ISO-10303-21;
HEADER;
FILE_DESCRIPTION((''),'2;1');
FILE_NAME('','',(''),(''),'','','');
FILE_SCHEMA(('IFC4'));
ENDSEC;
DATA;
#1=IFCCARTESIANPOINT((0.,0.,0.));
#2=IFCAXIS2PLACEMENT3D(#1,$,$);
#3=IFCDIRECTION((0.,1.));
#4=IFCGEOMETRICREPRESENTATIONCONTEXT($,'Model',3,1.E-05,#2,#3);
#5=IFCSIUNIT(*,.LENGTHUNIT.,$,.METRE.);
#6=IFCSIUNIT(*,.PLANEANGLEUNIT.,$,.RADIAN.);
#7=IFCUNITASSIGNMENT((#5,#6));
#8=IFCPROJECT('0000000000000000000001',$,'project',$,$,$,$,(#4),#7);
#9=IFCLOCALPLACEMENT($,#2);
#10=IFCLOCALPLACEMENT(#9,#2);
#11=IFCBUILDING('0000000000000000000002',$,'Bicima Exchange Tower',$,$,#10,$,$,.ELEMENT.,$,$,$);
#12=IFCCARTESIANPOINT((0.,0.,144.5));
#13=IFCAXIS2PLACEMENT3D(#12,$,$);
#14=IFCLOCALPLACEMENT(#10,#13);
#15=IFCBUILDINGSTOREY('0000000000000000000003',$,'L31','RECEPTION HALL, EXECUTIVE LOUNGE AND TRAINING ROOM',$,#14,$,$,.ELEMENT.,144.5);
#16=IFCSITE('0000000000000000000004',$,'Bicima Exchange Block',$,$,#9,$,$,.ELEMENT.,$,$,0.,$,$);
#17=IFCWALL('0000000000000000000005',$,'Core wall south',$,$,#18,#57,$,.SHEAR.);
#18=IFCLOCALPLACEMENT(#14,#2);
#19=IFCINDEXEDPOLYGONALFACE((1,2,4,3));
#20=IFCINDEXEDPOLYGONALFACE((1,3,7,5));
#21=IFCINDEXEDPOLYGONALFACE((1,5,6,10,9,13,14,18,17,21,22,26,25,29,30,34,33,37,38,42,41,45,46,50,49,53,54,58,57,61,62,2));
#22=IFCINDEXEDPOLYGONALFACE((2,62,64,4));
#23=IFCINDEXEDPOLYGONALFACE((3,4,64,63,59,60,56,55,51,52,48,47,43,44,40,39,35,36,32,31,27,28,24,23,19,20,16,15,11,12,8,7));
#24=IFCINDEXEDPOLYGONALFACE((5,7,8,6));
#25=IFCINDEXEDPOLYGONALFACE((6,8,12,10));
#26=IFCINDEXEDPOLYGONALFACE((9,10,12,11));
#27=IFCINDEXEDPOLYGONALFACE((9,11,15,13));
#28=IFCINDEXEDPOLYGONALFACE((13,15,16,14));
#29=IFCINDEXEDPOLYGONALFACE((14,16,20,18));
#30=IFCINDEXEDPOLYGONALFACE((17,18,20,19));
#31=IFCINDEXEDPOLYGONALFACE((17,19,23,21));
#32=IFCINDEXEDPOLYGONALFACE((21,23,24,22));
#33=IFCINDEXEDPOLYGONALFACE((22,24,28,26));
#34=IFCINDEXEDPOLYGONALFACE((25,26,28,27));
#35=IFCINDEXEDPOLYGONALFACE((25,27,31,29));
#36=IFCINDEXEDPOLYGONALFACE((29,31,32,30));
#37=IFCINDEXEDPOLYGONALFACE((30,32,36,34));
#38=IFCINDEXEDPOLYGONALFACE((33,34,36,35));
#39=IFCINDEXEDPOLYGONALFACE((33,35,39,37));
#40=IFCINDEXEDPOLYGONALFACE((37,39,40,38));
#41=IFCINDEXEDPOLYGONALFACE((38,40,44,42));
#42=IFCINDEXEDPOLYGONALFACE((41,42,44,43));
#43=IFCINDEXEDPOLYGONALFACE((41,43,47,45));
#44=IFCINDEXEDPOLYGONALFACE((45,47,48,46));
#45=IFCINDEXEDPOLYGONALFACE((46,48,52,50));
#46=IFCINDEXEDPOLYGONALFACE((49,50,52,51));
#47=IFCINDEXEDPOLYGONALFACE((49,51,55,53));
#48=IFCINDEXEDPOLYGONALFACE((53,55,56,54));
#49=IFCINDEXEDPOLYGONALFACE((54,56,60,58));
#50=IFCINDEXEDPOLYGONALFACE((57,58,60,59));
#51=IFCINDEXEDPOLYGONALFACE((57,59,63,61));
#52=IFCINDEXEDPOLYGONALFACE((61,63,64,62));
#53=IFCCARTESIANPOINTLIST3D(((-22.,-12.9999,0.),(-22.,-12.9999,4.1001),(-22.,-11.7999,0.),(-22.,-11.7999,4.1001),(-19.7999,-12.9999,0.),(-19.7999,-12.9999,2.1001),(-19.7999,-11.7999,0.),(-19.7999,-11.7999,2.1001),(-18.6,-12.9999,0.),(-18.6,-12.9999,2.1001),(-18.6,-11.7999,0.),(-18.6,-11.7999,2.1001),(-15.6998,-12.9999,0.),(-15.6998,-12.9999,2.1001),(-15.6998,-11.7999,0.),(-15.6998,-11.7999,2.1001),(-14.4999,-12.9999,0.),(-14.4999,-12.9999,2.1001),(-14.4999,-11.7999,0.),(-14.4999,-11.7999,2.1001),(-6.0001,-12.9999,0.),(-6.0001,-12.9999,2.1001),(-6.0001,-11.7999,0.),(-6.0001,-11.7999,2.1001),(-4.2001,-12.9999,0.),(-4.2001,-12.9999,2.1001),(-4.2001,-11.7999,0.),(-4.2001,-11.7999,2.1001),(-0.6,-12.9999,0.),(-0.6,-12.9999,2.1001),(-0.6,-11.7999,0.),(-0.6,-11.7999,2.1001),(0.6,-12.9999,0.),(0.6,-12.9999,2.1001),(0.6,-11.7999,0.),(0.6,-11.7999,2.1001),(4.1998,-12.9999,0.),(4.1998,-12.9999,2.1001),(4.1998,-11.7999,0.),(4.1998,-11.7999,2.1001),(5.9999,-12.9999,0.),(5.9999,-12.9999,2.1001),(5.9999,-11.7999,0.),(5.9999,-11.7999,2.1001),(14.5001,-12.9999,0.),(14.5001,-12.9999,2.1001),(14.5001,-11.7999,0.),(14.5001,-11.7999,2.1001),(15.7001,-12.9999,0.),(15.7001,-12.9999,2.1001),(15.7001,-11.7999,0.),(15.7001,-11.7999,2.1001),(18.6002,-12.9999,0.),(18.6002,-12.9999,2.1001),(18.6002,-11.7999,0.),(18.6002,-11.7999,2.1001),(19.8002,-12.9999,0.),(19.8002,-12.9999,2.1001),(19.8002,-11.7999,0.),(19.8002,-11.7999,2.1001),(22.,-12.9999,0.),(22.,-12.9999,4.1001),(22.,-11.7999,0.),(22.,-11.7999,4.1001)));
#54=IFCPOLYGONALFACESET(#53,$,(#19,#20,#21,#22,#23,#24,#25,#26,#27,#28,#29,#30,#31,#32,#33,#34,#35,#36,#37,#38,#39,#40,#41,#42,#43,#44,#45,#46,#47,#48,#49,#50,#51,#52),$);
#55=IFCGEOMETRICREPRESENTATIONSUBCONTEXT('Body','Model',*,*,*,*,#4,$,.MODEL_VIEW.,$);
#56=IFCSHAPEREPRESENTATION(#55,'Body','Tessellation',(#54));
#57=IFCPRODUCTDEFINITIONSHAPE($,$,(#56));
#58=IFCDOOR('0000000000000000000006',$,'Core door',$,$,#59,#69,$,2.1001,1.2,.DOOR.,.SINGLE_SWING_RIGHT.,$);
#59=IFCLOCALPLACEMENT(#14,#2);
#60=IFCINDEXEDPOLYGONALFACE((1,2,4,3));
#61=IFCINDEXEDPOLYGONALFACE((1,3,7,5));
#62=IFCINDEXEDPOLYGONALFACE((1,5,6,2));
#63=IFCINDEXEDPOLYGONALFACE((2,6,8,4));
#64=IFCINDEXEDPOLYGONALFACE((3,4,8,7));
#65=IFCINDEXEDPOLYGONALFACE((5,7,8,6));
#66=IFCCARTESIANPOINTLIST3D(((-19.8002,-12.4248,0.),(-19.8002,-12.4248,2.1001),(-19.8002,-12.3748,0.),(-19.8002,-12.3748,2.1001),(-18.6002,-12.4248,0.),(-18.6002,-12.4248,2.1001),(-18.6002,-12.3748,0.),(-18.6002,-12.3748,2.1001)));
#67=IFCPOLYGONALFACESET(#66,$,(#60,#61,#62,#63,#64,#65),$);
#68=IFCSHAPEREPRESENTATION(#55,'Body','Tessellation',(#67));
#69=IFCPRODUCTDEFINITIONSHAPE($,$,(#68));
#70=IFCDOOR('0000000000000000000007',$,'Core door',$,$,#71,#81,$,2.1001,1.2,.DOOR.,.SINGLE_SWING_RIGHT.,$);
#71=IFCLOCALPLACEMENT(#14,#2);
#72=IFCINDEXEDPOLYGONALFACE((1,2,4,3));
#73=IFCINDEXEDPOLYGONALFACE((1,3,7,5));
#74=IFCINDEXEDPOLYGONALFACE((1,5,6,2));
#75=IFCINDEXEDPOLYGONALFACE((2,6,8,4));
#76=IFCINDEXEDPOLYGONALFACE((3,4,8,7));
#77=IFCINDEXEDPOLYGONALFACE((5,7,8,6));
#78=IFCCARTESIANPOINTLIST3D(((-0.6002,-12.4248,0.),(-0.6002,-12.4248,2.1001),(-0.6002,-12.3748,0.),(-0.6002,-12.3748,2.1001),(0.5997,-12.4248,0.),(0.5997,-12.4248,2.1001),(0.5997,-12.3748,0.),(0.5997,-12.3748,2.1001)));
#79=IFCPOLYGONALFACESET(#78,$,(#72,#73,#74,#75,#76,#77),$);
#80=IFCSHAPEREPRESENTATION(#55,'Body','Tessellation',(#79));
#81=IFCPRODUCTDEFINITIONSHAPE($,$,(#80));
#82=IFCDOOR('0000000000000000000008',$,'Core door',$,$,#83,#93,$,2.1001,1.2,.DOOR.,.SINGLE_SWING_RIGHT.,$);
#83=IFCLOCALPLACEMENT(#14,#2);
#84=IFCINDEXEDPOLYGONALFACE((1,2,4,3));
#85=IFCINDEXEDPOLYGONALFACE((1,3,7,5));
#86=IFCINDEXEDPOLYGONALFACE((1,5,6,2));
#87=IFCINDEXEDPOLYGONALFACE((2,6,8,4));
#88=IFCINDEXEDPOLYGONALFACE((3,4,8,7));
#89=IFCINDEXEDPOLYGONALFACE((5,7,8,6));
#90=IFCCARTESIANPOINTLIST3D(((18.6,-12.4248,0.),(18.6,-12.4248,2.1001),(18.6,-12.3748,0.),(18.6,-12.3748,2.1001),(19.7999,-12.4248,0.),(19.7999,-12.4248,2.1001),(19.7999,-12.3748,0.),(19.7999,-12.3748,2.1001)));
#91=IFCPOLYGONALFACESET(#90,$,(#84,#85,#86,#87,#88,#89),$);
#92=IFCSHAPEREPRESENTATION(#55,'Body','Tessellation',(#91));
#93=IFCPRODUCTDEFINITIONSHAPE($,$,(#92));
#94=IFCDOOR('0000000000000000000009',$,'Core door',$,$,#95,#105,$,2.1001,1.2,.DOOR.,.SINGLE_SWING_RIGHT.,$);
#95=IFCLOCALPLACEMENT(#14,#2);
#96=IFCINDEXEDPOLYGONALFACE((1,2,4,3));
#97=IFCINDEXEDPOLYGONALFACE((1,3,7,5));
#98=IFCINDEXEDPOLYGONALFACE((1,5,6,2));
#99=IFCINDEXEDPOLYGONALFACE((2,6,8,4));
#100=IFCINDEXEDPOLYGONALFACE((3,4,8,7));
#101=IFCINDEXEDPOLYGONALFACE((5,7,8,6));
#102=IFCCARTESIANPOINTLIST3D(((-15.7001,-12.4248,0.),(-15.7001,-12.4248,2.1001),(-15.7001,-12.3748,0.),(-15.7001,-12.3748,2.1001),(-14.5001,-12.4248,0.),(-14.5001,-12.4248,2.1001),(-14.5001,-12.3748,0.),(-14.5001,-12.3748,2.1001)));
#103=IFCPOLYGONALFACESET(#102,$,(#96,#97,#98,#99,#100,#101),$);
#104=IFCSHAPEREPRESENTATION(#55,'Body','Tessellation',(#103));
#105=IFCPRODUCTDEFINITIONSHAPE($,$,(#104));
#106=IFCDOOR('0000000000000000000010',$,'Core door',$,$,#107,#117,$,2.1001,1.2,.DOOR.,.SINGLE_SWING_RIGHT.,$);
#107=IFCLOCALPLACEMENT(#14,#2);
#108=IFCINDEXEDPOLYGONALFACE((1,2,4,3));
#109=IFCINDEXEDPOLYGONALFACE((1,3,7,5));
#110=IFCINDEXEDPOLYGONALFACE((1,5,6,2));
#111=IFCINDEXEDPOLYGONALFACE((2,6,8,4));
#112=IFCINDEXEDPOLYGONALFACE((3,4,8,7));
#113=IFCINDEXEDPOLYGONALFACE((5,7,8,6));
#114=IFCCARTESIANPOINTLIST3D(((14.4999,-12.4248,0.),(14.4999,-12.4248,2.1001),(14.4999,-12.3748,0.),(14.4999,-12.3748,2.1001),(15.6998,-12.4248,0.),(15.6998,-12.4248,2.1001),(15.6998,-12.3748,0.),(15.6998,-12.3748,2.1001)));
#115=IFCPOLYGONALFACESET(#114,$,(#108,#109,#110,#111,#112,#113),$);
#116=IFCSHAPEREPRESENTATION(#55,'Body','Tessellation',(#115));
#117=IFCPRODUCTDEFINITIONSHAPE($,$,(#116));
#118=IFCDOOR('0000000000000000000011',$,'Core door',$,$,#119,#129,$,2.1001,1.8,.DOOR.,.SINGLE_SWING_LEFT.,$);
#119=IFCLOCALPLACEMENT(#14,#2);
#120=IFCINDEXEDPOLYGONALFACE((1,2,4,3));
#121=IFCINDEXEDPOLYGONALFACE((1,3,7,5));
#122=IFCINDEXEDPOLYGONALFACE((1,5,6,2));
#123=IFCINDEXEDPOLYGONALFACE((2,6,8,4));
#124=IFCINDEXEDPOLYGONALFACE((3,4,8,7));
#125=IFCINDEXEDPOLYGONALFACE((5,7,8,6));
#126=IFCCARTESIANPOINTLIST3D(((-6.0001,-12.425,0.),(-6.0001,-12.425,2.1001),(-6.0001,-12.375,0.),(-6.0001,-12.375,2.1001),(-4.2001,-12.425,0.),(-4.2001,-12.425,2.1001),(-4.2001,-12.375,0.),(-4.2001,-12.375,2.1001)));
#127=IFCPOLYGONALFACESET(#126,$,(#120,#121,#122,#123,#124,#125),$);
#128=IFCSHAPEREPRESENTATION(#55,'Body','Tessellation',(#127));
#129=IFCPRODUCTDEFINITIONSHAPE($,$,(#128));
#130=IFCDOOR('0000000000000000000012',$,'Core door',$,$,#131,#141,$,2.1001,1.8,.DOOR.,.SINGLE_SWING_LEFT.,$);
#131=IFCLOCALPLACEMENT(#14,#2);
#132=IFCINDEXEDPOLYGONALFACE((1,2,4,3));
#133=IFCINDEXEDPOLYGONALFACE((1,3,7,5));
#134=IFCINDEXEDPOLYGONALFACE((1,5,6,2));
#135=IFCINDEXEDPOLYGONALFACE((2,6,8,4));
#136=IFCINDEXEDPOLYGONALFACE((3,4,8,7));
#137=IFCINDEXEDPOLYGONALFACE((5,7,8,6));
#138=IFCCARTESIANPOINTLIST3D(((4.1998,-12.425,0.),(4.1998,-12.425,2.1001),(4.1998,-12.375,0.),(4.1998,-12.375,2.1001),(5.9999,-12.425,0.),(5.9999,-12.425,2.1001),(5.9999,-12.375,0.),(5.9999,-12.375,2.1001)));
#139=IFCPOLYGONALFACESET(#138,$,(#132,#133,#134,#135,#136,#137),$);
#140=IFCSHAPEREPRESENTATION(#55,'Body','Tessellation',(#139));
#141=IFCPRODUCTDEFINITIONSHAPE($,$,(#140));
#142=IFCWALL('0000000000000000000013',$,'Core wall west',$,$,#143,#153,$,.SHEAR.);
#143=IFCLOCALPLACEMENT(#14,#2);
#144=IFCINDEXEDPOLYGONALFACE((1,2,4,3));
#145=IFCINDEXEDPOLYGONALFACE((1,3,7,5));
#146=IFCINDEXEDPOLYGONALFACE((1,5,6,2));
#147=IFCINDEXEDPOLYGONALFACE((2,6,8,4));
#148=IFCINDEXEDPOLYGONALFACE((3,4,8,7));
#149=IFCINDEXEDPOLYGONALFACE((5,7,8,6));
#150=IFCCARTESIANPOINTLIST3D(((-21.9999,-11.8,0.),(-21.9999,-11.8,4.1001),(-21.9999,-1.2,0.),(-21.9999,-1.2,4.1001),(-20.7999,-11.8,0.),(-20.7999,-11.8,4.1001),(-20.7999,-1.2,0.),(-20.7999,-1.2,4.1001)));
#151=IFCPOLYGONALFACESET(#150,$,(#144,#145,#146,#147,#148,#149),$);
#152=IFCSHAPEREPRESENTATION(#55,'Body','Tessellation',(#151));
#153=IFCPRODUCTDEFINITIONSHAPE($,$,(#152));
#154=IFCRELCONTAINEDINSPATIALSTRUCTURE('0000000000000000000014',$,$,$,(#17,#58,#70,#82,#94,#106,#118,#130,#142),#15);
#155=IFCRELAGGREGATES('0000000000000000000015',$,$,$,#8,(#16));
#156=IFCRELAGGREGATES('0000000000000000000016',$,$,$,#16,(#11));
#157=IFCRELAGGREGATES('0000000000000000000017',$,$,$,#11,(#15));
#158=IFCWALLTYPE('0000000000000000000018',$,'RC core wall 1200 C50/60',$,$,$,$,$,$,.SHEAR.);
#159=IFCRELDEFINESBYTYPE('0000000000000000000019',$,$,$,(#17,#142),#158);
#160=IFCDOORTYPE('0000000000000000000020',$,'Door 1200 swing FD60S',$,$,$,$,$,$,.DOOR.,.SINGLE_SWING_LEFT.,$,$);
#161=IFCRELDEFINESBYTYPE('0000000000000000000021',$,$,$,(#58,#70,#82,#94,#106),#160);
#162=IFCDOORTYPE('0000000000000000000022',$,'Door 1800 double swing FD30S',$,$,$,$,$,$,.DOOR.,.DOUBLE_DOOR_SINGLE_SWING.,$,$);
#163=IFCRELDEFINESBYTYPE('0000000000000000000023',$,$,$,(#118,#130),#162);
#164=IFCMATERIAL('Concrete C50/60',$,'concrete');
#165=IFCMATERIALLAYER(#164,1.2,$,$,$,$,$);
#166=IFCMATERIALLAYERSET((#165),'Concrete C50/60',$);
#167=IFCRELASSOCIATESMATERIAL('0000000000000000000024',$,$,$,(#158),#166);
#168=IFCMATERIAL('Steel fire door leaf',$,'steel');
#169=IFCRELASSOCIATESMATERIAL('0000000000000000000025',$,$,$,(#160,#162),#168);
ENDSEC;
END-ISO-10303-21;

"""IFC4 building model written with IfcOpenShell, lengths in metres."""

from ifc_helpers import new_model, si_unit, direction, frame, frame_2d, origin, place, context, subcontext, project, spatial, rectangle, extrude, material, layer, layer_set, type_object, element, fill, save


model = new_model("IFC4")

# Units and contexts
model_context = context("Model", 3, precision=1e-05, world=origin(), true_north=direction((0.0, 1.0)))
body_context = subcontext(model_context, "Body", "Model", "MODEL_VIEW")
ifc_project = project(units=[si_unit("LENGTHUNIT", "METRE"), si_unit("PLANEANGLEUNIT", "RADIAN")], contexts=[model_context])

# Site, building, storey
site_placement = place(None, origin())
site = spatial("IfcSite", under=ifc_project, at=site_placement, Name="Bicima Exchange Block", CompositionType="ELEMENT", RefElevation=0.0)
building_placement = place(site_placement, origin())
building = spatial("IfcBuilding", under=site, at=building_placement, Name="Bicima Exchange Tower", CompositionType="ELEMENT")
storey_placement = place(building_placement, frame((0.0, 0.0, 144.5)))
storey = spatial("IfcBuildingStorey", under=building, at=storey_placement, Name="L31", Description="RECEPTION HALL, EXECUTIVE LOUNGE AND TRAINING ROOM", CompositionType="ELEMENT", Elevation=144.5)

# Wall, openings, doors
ifc_material_1 = material(Name="Concrete C50/60", Category="concrete")
ifc_layer_1 = layer(ifc_material_1, 1.2)
ifc_layer_set_1 = layer_set([ifc_layer_1], Name="Concrete C50/60")
wall_type_1 = type_object("IfcWallType", Name="RC core wall 1200 C50/60", PredefinedType="SHEAR", material=ifc_layer_set_1)
wall_1_placement = place(storey_placement, frame((-22.0, -12.3999, 0.0), z_axis=(0.0, 0.0, 1.0), x_axis=(1.0, 0.0, 0.0)))
wall_1 = element("IfcWall", 1, at=wall_1_placement, inside=storey, type_object=wall_type_1, Name="Core wall south", PredefinedType="SHEAR", context=body_context, shape_type="SweptSolid", body=[
    extrude(rectangle(XDim=44.0, YDim=1.2, at=frame_2d((22.0, 0.0))), origin(), (0.0, 0.0, 1.0), 4.1001),
])
opening_1_placement = place(wall_1_placement, frame((2.2, 0.0, 0.0)))
opening_1 = element("IfcOpeningElement", 2, at=opening_1_placement, cuts=wall_1, PredefinedType="OPENING", context=body_context, shape_type="SweptSolid", body=[
    extrude(rectangle(XDim=1.2, YDim=2.1001, at=frame_2d((0.6001, 1.05))), frame((0.0, 0.6118, 0.0), z_axis=(0.0, -1.0, 0.0), x_axis=(1.0, 0.0, 0.0)), (0.0, 0.0, 1.0), 1.2239),
])
opening_2_placement = place(wall_1_placement, frame((21.3999, 0.0, 0.0)))
opening_2 = element("IfcOpeningElement", 3, at=opening_2_placement, cuts=wall_1, PredefinedType="OPENING", context=body_context, shape_type="SweptSolid", body=[
    extrude(rectangle(XDim=1.2, YDim=2.1001, at=frame_2d((0.6001, 1.05))), frame((0.0, 0.6118, 0.0), z_axis=(0.0, -1.0, 0.0), x_axis=(1.0, 0.0, 0.0)), (0.0, 0.0, 1.0), 1.2239),
])
opening_3_placement = place(wall_1_placement, frame((40.6001, 0.0, 0.0)))
opening_3 = element("IfcOpeningElement", 4, at=opening_3_placement, cuts=wall_1, PredefinedType="OPENING", context=body_context, shape_type="SweptSolid", body=[
    extrude(rectangle(XDim=1.2, YDim=2.1001, at=frame_2d((0.6001, 1.05))), frame((0.0, 0.6118, 0.0), z_axis=(0.0, -1.0, 0.0), x_axis=(1.0, 0.0, 0.0)), (0.0, 0.0, 1.0), 1.2239),
])
opening_4_placement = place(wall_1_placement, frame((16.0, 0.0, 0.0)))
opening_4 = element("IfcOpeningElement", 5, at=opening_4_placement, cuts=wall_1, PredefinedType="OPENING", context=body_context, shape_type="SweptSolid", body=[
    extrude(rectangle(XDim=1.8, YDim=2.1001, at=frame_2d((0.8999, 1.05))), frame((0.0, 0.6118, 0.0), z_axis=(0.0, -1.0, 0.0), x_axis=(1.0, 0.0, 0.0)), (0.0, 0.0, 1.0), 1.2239),
])
opening_5_placement = place(wall_1_placement, frame((6.3, 0.0, 0.0)))
opening_5 = element("IfcOpeningElement", 6, at=opening_5_placement, cuts=wall_1, PredefinedType="OPENING", context=body_context, shape_type="SweptSolid", body=[
    extrude(rectangle(XDim=1.2, YDim=2.1001, at=frame_2d((0.6001, 1.05))), frame((0.0, 0.6118, 0.0), z_axis=(0.0, -1.0, 0.0), x_axis=(1.0, 0.0, 0.0)), (0.0, 0.0, 1.0), 1.2239),
])
opening_6_placement = place(wall_1_placement, frame((26.2, 0.0, 0.0)))
opening_6 = element("IfcOpeningElement", 7, at=opening_6_placement, cuts=wall_1, PredefinedType="OPENING", context=body_context, shape_type="SweptSolid", body=[
    extrude(rectangle(XDim=1.8, YDim=2.1001, at=frame_2d((0.8999, 1.05))), frame((0.0, 0.6118, 0.0), z_axis=(0.0, -1.0, 0.0), x_axis=(1.0, 0.0, 0.0)), (0.0, 0.0, 1.0), 1.2239),
])
opening_7_placement = place(wall_1_placement, frame((36.5, 0.0, 0.0)))
opening_7 = element("IfcOpeningElement", 8, at=opening_7_placement, cuts=wall_1, PredefinedType="OPENING", context=body_context, shape_type="SweptSolid", body=[
    extrude(rectangle(XDim=1.2, YDim=2.1001, at=frame_2d((0.6001, 1.05))), frame((0.0, 0.6118, 0.0), z_axis=(0.0, -1.0, 0.0), x_axis=(1.0, 0.0, 0.0)), (0.0, 0.0, 1.0), 1.2239),
])
ifc_material_2 = material(Name="Steel fire door leaf", Category="steel")
door_type_1 = type_object("IfcDoorType", Name="Door 1200 swing FD60S", OperationType="SINGLE_SWING_LEFT", PredefinedType="DOOR", material=ifc_material_2)
door_1_placement = place(opening_1_placement, frame((1.2, 0.0, 0.0), z_axis=(0.0, 0.0, 1.0), x_axis=(-1.0, 0.0, 0.0)))
door_1 = element("IfcDoor", 9, at=door_1_placement, inside=storey, type_object=door_type_1, Name="Core door", OperationType="SINGLE_SWING_RIGHT", OverallHeight=2.1001, OverallWidth=1.2, PredefinedType="DOOR", context=body_context, shape_type="SweptSolid", body=[
    extrude(rectangle(XDim=1.2, YDim=2.1001, at=frame_2d((0.6001, 1.05))), frame((0.0, 0.0249, 0.0), z_axis=(0.0, -1.0, 0.0), x_axis=(1.0, 0.0, 0.0)), (0.0, 0.0, 1.0), 0.05),
])
fill(opening_1, door_1)
door_2_placement = place(opening_2_placement, frame((1.2, 0.0, 0.0), z_axis=(0.0, 0.0, 1.0), x_axis=(-1.0, 0.0, 0.0)))
door_2 = element("IfcDoor", 10, at=door_2_placement, inside=storey, type_object=door_type_1, Name="Core door", OperationType="SINGLE_SWING_RIGHT", OverallHeight=2.1001, OverallWidth=1.2, PredefinedType="DOOR", context=body_context, shape_type="SweptSolid", body=[
    extrude(rectangle(XDim=1.2, YDim=2.1001, at=frame_2d((0.6001, 1.05))), frame((0.0, 0.0249, 0.0), z_axis=(0.0, -1.0, 0.0), x_axis=(1.0, 0.0, 0.0)), (0.0, 0.0, 1.0), 0.05),
])
fill(opening_2, door_2)
door_3_placement = place(opening_3_placement, frame((1.2, 0.0, 0.0), z_axis=(0.0, 0.0, 1.0), x_axis=(-1.0, 0.0, 0.0)))
door_3 = element("IfcDoor", 11, at=door_3_placement, inside=storey, type_object=door_type_1, Name="Core door", OperationType="SINGLE_SWING_RIGHT", OverallHeight=2.1001, OverallWidth=1.2, PredefinedType="DOOR", context=body_context, shape_type="SweptSolid", body=[
    extrude(rectangle(XDim=1.2, YDim=2.1001, at=frame_2d((0.6001, 1.05))), frame((0.0, 0.0249, 0.0), z_axis=(0.0, -1.0, 0.0), x_axis=(1.0, 0.0, 0.0)), (0.0, 0.0, 1.0), 0.05),
])
fill(opening_3, door_3)
door_4_placement = place(opening_5_placement, frame((1.2, 0.0, 0.0), z_axis=(0.0, 0.0, 1.0), x_axis=(-1.0, 0.0, 0.0)))
door_4 = element("IfcDoor", 12, at=door_4_placement, inside=storey, type_object=door_type_1, Name="Core door", OperationType="SINGLE_SWING_RIGHT", OverallHeight=2.1001, OverallWidth=1.2, PredefinedType="DOOR", context=body_context, shape_type="SweptSolid", body=[
    extrude(rectangle(XDim=1.2, YDim=2.1001, at=frame_2d((0.6001, 1.05))), frame((0.0, 0.0249, 0.0), z_axis=(0.0, -1.0, 0.0), x_axis=(1.0, 0.0, 0.0)), (0.0, 0.0, 1.0), 0.05),
])
fill(opening_5, door_4)
door_5_placement = place(opening_7_placement, frame((1.2, 0.0, 0.0), z_axis=(0.0, 0.0, 1.0), x_axis=(-1.0, 0.0, 0.0)))
door_5 = element("IfcDoor", 13, at=door_5_placement, inside=storey, type_object=door_type_1, Name="Core door", OperationType="SINGLE_SWING_RIGHT", OverallHeight=2.1001, OverallWidth=1.2, PredefinedType="DOOR", context=body_context, shape_type="SweptSolid", body=[
    extrude(rectangle(XDim=1.2, YDim=2.1001, at=frame_2d((0.6001, 1.05))), frame((0.0, 0.0249, 0.0), z_axis=(0.0, -1.0, 0.0), x_axis=(1.0, 0.0, 0.0)), (0.0, 0.0, 1.0), 0.05),
])
fill(opening_7, door_5)
door_type_2 = type_object("IfcDoorType", Name="Door 1800 double swing FD30S", OperationType="DOUBLE_DOOR_SINGLE_SWING", PredefinedType="DOOR", material=ifc_material_2)
door_6_placement = place(opening_4_placement, origin())
door_6 = element("IfcDoor", 14, at=door_6_placement, inside=storey, type_object=door_type_2, Name="Core door", OperationType="SINGLE_SWING_LEFT", OverallHeight=2.1001, OverallWidth=1.8, PredefinedType="DOOR", context=body_context, shape_type="SweptSolid", body=[
    extrude(rectangle(XDim=1.8, YDim=2.1001, at=frame_2d((0.8999, 1.05))), frame((0.0, 0.0249, 0.0), z_axis=(0.0, -1.0, 0.0), x_axis=(1.0, 0.0, 0.0)), (0.0, 0.0, 1.0), 0.05),
])
fill(opening_4, door_6)
door_7_placement = place(opening_6_placement, origin())
door_7 = element("IfcDoor", 15, at=door_7_placement, inside=storey, type_object=door_type_2, Name="Core door", OperationType="SINGLE_SWING_LEFT", OverallHeight=2.1001, OverallWidth=1.8, PredefinedType="DOOR", context=body_context, shape_type="SweptSolid", body=[
    extrude(rectangle(XDim=1.8, YDim=2.1001, at=frame_2d((0.8999, 1.05))), frame((0.0, 0.0249, 0.0), z_axis=(0.0, -1.0, 0.0), x_axis=(1.0, 0.0, 0.0)), (0.0, 0.0, 1.0), 0.05),
])
fill(opening_6, door_7)

# Wall
wall_2_placement = place(storey_placement, frame((-21.3999, -11.8, 0.0), z_axis=(0.0, 0.0, 1.0), x_axis=(0.0, 1.0, 0.0)))
element("IfcWall", 16, at=wall_2_placement, inside=storey, type_object=wall_type_1, Name="Core wall west", PredefinedType="SHEAR", context=body_context, shape_type="SweptSolid", body=[
    extrude(rectangle(XDim=10.6001, YDim=1.2, at=frame_2d((5.3, 0.0))), origin(), (0.0, 0.0, 1.0), 4.1001),
])

save(model, "model.ifc")
